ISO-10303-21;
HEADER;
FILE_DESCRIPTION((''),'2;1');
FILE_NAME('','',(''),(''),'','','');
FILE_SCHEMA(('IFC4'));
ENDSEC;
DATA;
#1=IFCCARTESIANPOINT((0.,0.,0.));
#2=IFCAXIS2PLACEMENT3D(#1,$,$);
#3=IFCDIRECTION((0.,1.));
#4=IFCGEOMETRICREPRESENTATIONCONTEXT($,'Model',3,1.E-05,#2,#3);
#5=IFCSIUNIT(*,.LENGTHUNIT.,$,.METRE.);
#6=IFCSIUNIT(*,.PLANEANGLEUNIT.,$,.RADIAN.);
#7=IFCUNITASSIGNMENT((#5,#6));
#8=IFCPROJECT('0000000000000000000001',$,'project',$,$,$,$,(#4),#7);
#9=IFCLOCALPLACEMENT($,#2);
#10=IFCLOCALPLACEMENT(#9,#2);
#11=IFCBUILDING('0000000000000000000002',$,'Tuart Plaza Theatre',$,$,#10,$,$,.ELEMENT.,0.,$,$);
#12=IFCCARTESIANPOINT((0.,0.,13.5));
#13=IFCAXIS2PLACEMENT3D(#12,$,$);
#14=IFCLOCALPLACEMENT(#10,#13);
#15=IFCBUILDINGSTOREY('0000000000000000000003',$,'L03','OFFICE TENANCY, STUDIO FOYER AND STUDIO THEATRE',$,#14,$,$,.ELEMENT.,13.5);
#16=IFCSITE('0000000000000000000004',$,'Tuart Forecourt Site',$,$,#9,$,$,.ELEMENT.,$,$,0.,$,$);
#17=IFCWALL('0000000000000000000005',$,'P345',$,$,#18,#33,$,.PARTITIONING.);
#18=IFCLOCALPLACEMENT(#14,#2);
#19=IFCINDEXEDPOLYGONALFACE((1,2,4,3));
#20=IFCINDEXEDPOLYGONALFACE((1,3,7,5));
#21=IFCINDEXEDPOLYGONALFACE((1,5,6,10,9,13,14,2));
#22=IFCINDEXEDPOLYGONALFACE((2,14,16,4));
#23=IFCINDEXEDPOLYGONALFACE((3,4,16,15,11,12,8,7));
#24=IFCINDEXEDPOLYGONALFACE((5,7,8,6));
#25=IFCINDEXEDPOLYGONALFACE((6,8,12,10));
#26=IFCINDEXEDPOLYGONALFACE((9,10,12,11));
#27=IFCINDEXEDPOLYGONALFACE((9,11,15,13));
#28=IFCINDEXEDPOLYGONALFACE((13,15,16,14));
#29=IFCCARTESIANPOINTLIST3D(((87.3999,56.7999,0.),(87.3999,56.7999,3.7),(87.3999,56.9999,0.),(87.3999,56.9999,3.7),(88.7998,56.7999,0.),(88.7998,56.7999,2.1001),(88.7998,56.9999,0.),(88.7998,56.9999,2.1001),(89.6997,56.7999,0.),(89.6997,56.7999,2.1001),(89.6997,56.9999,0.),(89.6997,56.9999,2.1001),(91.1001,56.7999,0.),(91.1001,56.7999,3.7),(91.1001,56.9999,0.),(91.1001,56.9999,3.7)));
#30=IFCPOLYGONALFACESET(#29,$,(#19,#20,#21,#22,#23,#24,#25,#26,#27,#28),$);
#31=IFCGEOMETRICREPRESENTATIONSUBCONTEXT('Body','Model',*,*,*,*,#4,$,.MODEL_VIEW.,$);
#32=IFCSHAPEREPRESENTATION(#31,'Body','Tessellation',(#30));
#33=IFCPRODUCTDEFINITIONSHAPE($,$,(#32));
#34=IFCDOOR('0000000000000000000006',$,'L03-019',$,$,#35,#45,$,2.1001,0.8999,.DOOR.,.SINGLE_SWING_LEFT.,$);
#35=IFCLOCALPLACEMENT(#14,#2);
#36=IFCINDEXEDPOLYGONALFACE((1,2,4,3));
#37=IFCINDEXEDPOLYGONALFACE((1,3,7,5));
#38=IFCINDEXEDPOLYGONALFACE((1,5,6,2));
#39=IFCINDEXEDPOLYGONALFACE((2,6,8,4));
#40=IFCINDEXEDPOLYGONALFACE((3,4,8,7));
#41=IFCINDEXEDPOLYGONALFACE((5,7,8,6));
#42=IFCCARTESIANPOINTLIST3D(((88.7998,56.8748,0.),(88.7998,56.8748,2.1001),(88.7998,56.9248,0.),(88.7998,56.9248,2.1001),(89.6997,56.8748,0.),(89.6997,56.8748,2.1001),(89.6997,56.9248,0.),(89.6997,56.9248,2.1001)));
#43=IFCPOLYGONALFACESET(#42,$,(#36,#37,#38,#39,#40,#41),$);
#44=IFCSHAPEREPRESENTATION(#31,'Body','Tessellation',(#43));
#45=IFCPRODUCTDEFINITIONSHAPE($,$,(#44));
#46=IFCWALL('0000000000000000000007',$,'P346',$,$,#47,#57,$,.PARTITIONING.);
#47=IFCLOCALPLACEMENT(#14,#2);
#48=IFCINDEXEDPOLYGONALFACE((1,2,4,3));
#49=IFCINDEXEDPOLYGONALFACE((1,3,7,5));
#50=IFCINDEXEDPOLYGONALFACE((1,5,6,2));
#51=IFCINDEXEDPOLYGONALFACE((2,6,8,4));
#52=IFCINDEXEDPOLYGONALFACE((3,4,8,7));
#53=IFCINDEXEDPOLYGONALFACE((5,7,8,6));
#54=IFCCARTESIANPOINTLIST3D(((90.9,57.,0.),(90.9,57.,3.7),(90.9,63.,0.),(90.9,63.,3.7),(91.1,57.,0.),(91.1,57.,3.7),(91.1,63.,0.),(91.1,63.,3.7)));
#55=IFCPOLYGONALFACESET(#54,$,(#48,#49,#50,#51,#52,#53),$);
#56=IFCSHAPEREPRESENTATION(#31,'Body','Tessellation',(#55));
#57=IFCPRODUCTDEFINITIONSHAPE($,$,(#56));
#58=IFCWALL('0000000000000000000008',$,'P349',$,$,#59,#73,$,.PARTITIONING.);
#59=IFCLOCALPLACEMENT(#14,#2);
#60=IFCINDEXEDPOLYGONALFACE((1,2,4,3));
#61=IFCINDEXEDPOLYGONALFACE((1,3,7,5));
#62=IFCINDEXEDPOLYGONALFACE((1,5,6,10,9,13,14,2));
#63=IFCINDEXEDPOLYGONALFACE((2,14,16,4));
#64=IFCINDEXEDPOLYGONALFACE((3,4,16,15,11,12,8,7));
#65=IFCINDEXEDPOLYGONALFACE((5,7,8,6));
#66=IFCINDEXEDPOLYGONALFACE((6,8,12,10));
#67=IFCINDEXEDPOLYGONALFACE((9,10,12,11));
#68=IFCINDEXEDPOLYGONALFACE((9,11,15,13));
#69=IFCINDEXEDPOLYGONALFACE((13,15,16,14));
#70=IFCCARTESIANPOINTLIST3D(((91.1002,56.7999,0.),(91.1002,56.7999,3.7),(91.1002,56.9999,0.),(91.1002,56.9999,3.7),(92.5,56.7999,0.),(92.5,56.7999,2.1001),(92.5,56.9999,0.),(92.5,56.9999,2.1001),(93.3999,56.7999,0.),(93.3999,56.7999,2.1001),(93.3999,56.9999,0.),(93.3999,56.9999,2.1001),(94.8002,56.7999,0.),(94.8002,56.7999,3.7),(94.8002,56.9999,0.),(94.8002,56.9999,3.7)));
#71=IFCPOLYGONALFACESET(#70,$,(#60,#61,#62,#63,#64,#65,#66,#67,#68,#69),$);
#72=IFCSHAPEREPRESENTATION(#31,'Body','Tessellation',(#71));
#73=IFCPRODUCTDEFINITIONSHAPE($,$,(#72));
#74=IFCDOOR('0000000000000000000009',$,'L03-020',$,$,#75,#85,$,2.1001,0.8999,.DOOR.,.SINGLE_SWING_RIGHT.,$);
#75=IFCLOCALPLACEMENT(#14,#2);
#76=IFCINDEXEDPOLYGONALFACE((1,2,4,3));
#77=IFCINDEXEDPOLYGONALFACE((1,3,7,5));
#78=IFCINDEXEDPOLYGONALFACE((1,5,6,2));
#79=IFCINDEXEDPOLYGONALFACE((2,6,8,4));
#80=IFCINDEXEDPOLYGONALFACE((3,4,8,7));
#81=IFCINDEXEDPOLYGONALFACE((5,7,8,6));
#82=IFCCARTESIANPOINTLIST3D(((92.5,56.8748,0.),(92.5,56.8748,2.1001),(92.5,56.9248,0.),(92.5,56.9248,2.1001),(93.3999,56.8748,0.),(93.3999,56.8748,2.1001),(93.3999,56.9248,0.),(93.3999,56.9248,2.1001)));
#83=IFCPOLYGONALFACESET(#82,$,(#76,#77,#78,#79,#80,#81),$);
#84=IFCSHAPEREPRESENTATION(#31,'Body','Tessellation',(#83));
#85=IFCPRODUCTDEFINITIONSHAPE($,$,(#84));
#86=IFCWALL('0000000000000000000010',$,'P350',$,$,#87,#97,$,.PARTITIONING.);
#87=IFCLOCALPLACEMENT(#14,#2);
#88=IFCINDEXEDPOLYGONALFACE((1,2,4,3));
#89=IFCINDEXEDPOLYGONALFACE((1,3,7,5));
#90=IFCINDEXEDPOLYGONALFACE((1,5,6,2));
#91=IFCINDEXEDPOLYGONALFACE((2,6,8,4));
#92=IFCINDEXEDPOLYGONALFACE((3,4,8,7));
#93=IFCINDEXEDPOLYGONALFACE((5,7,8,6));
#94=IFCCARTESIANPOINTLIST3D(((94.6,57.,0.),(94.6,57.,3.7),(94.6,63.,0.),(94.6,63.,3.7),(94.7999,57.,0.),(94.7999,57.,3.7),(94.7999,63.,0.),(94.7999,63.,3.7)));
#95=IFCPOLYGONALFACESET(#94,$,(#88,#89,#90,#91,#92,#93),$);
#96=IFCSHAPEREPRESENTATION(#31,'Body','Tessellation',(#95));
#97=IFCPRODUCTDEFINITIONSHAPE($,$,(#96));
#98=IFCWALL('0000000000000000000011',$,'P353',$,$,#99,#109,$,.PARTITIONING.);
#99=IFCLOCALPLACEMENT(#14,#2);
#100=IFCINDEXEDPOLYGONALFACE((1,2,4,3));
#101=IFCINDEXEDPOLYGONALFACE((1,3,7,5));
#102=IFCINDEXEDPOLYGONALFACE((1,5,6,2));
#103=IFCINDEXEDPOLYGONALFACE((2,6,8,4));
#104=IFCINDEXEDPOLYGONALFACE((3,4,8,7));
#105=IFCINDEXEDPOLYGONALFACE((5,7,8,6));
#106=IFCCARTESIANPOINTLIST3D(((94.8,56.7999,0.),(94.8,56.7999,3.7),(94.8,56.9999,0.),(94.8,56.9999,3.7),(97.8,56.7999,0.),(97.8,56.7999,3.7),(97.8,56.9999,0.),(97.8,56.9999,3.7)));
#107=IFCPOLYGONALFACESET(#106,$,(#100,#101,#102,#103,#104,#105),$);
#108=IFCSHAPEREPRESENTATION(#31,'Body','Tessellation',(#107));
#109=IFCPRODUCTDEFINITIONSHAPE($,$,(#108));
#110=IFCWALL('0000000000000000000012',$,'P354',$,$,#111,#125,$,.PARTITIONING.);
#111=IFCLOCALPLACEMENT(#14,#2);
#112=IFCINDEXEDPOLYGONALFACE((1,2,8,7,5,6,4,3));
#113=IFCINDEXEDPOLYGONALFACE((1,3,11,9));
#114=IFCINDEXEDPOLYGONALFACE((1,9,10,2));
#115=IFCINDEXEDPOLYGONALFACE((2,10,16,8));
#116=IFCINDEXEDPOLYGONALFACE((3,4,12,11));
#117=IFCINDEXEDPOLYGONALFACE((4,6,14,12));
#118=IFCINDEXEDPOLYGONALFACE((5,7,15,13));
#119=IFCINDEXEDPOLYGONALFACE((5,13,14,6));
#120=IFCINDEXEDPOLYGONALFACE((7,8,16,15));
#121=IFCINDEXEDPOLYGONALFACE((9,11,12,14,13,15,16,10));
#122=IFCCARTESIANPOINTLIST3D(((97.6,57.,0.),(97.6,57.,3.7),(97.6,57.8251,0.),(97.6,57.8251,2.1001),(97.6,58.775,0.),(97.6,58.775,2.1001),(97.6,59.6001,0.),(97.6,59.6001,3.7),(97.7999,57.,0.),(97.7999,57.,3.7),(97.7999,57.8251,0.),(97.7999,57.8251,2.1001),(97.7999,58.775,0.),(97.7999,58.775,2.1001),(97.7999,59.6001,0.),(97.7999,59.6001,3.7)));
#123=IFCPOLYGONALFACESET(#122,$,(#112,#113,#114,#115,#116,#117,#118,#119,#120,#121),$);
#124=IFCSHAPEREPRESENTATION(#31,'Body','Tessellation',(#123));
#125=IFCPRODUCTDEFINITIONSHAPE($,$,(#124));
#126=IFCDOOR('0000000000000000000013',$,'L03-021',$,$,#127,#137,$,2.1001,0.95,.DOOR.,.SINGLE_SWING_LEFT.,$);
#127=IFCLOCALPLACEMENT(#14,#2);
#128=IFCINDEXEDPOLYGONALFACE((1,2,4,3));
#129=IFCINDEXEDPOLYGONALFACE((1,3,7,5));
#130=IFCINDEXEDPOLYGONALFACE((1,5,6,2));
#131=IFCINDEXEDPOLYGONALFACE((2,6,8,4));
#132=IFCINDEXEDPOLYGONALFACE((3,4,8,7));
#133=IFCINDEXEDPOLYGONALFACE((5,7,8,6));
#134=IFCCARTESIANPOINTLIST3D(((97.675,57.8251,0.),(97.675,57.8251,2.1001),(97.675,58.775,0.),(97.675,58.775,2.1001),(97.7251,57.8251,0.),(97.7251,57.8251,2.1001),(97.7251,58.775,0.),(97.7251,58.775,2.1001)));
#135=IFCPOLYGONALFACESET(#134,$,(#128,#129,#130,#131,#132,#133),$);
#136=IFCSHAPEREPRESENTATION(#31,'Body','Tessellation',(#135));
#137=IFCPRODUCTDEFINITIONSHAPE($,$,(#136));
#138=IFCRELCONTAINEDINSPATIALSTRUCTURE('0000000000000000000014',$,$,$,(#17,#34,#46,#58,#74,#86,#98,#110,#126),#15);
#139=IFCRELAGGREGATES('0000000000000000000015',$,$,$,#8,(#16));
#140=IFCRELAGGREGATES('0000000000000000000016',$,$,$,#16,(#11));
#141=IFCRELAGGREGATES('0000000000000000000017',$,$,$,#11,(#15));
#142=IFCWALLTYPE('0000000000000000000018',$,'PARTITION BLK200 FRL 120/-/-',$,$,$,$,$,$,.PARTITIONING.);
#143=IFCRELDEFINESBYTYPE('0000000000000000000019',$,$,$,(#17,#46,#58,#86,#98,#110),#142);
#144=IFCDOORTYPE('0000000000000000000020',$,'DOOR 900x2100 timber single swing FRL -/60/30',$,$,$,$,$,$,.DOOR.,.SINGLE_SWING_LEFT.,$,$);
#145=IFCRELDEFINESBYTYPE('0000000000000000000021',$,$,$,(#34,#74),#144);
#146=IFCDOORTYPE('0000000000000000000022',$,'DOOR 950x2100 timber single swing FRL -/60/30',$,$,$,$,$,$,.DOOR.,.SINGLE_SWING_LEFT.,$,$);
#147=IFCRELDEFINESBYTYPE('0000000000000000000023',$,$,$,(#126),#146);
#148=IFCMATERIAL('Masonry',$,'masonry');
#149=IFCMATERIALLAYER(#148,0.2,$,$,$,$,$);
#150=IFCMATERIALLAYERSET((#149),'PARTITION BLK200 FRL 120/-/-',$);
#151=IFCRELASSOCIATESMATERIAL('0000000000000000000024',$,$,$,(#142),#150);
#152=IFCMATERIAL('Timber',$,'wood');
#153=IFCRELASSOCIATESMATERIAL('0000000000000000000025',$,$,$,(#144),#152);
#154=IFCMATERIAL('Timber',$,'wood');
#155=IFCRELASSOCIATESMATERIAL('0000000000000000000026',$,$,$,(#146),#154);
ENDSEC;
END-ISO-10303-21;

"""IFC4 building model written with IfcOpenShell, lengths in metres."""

from ifc_helpers import new_model, si_unit, direction, frame, frame_2d, origin, place, context, subcontext, project, spatial, rectangle, extrude, material, layer, layer_set, type_object, element, fill, save


model = new_model("IFC4")

# Units and contexts
model_context = context("Model", 3, precision=1e-05, world=origin(), true_north=direction((0.0, 1.0)))
body_context = subcontext(model_context, "Body", "Model", "MODEL_VIEW")
ifc_project = project(units=[si_unit("LENGTHUNIT", "METRE"), si_unit("PLANEANGLEUNIT", "RADIAN")], contexts=[model_context])

# Site, building, storey
site_placement = place(None, origin())
site = spatial("IfcSite", under=ifc_project, at=site_placement, Name="Tuart Forecourt Site", CompositionType="ELEMENT", RefElevation=0.0)
building_placement = place(site_placement, origin())
building = spatial("IfcBuilding", under=site, at=building_placement, Name="Tuart Plaza Theatre", CompositionType="ELEMENT", ElevationOfRefHeight=0.0)
storey_placement = place(building_placement, frame((0.0, 0.0, 13.5)))
storey = spatial("IfcBuildingStorey", under=building, at=storey_placement, Name="L03", Description="OFFICE TENANCY, STUDIO FOYER AND STUDIO THEATRE", CompositionType="ELEMENT", Elevation=13.5)

# Wall, opening, door
ifc_material_1 = material(Name="Masonry", Category="masonry")
ifc_layer_1 = layer(ifc_material_1, 0.2)
ifc_layer_set_1 = layer_set([ifc_layer_1], Name="PARTITION BLK200 FRL 120/-/-")
wall_type_1 = type_object("IfcWallType", Name="PARTITION BLK200 FRL 120/-/-", PredefinedType="PARTITIONING", material=ifc_layer_set_1)
wall_1_placement = place(storey_placement, frame((87.3999, 56.8999, 0.0), z_axis=(0.0, 0.0, 1.0), x_axis=(1.0, 0.0, 0.0)))
wall_1 = element("IfcWall", 1, at=wall_1_placement, inside=storey, type_object=wall_type_1, Name="P345", PredefinedType="PARTITIONING", context=body_context, shape_type="SweptSolid", body=[
    extrude(rectangle(XDim=3.7002, YDim=0.2, at=frame_2d((1.8501, 0.0))), origin(), (0.0, 0.0, 1.0), 3.7),
])
opening_1_placement = place(wall_1_placement, frame((1.3999, 0.0, 0.0)))
opening_1 = element("IfcOpeningElement", 2, at=opening_1_placement, cuts=wall_1, PredefinedType="OPENING", context=body_context, shape_type="SweptSolid", body=[
    extrude(rectangle(XDim=0.8999, YDim=2.1001, at=frame_2d((0.45, 1.05))), frame((0.0, 0.1099, 0.0), z_axis=(0.0, -1.0, 0.0), x_axis=(1.0, 0.0, 0.0)), (0.0, 0.0, 1.0), 0.22),
])
ifc_material_2 = material(Name="Timber", Category="wood")
door_type_1 = type_object("IfcDoorType", Name="DOOR 900x2100 timber single swing FRL -/60/30", OperationType="SINGLE_SWING_LEFT", PredefinedType="DOOR", material=ifc_material_2)
door_1_placement = place(opening_1_placement, origin())
door_1 = element("IfcDoor", 3, at=door_1_placement, inside=storey, type_object=door_type_1, Name="L03-019", OperationType="SINGLE_SWING_LEFT", OverallHeight=2.1001, OverallWidth=0.8999, PredefinedType="DOOR", context=body_context, shape_type="SweptSolid", body=[
    extrude(rectangle(XDim=0.8999, YDim=2.1001, at=frame_2d((0.45, 1.05))), frame((0.0, 0.0249, 0.0), z_axis=(0.0, -1.0, 0.0), x_axis=(1.0, 0.0, 0.0)), (0.0, 0.0, 1.0), 0.05),
])
fill(opening_1, door_1)

# Wall
wall_2_placement = place(storey_placement, frame((91.0, 57.0, 0.0), z_axis=(0.0, 0.0, 1.0), x_axis=(0.0, 1.0, 0.0)))
element("IfcWall", 4, at=wall_2_placement, inside=storey, type_object=wall_type_1, Name="P346", PredefinedType="PARTITIONING", context=body_context, shape_type="SweptSolid", body=[
    extrude(rectangle(XDim=6.0, YDim=0.2, at=frame_2d((3.0, 0.0))), origin(), (0.0, 0.0, 1.0), 3.7),
])

# Wall, opening, door
wall_3_placement = place(storey_placement, frame((91.1001, 56.8999, 0.0), z_axis=(0.0, 0.0, 1.0), x_axis=(1.0, 0.0, 0.0)))
wall_3 = element("IfcWall", 5, at=wall_3_placement, inside=storey, type_object=wall_type_1, Name="P349", PredefinedType="PARTITIONING", context=body_context, shape_type="SweptSolid", body=[
    extrude(rectangle(XDim=3.7, YDim=0.2, at=frame_2d((1.8501, 0.0))), origin(), (0.0, 0.0, 1.0), 3.7),
])
opening_2_placement = place(wall_3_placement, frame((1.3999, 0.0, 0.0)))
opening_2 = element("IfcOpeningElement", 6, at=opening_2_placement, cuts=wall_3, PredefinedType="OPENING", context=body_context, shape_type="SweptSolid", body=[
    extrude(rectangle(XDim=0.8999, YDim=2.1001, at=frame_2d((0.45, 1.05))), frame((0.0, 0.1099, 0.0), z_axis=(0.0, -1.0, 0.0), x_axis=(1.0, 0.0, 0.0)), (0.0, 0.0, 1.0), 0.22),
])
door_2_placement = place(opening_2_placement, origin())
door_2 = element("IfcDoor", 7, at=door_2_placement, inside=storey, type_object=door_type_1, Name="L03-020", OperationType="SINGLE_SWING_RIGHT", OverallHeight=2.1001, OverallWidth=0.8999, PredefinedType="DOOR", context=body_context, shape_type="SweptSolid", body=[
    extrude(rectangle(XDim=0.8999, YDim=2.1001, at=frame_2d((0.45, 1.05))), frame((0.0, 0.0249, 0.0), z_axis=(0.0, -1.0, 0.0), x_axis=(1.0, 0.0, 0.0)), (0.0, 0.0, 1.0), 0.05),
])
fill(opening_2, door_2)

# Walls
wall_4_placement = place(storey_placement, frame((94.7, 57.0, 0.0), z_axis=(0.0, 0.0, 1.0), x_axis=(0.0, 1.0, 0.0)))
element("IfcWall", 8, at=wall_4_placement, inside=storey, type_object=wall_type_1, Name="P350", PredefinedType="PARTITIONING", context=body_context, shape_type="SweptSolid", body=[
    extrude(rectangle(XDim=6.0, YDim=0.2, at=frame_2d((3.0, 0.0))), origin(), (0.0, 0.0, 1.0), 3.7),
])
wall_5_placement = place(storey_placement, frame((94.8, 56.8999, 0.0), z_axis=(0.0, 0.0, 1.0), x_axis=(1.0, 0.0, 0.0)))
element("IfcWall", 9, at=wall_5_placement, inside=storey, type_object=wall_type_1, Name="P353", PredefinedType="PARTITIONING", context=body_context, shape_type="SweptSolid", body=[
    extrude(rectangle(XDim=3.0, YDim=0.2, at=frame_2d((1.5, 0.0))), origin(), (0.0, 0.0, 1.0), 3.7),
])

# Wall, opening, door
wall_6_placement = place(storey_placement, frame((97.7, 57.0, 0.0), z_axis=(0.0, 0.0, 1.0), x_axis=(0.0, 1.0, 0.0)))
wall_6 = element("IfcWall", 10, at=wall_6_placement, inside=storey, type_object=wall_type_1, Name="P354", PredefinedType="PARTITIONING", context=body_context, shape_type="SweptSolid", body=[
    extrude(rectangle(XDim=2.6001, YDim=0.2, at=frame_2d((1.3, 0.0))), origin(), (0.0, 0.0, 1.0), 3.7),
])
opening_3_placement = place(wall_6_placement, frame((0.825, 0.0, 0.0)))
opening_3 = element("IfcOpeningElement", 11, at=opening_3_placement, cuts=wall_6, PredefinedType="OPENING", context=body_context, shape_type="SweptSolid", body=[
    extrude(rectangle(XDim=0.95, YDim=2.1001, at=frame_2d((0.4751, 1.05))), frame((0.0, 0.1099, 0.0), z_axis=(0.0, -1.0, 0.0), x_axis=(1.0, 0.0, 0.0)), (0.0, 0.0, 1.0), 0.22),
])
ifc_material_3 = material(Name="Timber", Category="wood")
door_type_2 = type_object("IfcDoorType", Name="DOOR 950x2100 timber single swing FRL -/60/30", OperationType="SINGLE_SWING_LEFT", PredefinedType="DOOR", material=ifc_material_3)
door_3_placement = place(opening_3_placement, origin())
door_3 = element("IfcDoor", 12, at=door_3_placement, inside=storey, type_object=door_type_2, Name="L03-021", OperationType="SINGLE_SWING_LEFT", OverallHeight=2.1001, OverallWidth=0.95, PredefinedType="DOOR", context=body_context, shape_type="SweptSolid", body=[
    extrude(rectangle(XDim=0.95, YDim=2.1001, at=frame_2d((0.4751, 1.05))), frame((0.0, 0.0249, 0.0), z_axis=(0.0, -1.0, 0.0), x_axis=(1.0, 0.0, 0.0)), (0.0, 0.0, 1.0), 0.05),
])
fill(opening_3, door_3)

save(model, "model.ifc")
